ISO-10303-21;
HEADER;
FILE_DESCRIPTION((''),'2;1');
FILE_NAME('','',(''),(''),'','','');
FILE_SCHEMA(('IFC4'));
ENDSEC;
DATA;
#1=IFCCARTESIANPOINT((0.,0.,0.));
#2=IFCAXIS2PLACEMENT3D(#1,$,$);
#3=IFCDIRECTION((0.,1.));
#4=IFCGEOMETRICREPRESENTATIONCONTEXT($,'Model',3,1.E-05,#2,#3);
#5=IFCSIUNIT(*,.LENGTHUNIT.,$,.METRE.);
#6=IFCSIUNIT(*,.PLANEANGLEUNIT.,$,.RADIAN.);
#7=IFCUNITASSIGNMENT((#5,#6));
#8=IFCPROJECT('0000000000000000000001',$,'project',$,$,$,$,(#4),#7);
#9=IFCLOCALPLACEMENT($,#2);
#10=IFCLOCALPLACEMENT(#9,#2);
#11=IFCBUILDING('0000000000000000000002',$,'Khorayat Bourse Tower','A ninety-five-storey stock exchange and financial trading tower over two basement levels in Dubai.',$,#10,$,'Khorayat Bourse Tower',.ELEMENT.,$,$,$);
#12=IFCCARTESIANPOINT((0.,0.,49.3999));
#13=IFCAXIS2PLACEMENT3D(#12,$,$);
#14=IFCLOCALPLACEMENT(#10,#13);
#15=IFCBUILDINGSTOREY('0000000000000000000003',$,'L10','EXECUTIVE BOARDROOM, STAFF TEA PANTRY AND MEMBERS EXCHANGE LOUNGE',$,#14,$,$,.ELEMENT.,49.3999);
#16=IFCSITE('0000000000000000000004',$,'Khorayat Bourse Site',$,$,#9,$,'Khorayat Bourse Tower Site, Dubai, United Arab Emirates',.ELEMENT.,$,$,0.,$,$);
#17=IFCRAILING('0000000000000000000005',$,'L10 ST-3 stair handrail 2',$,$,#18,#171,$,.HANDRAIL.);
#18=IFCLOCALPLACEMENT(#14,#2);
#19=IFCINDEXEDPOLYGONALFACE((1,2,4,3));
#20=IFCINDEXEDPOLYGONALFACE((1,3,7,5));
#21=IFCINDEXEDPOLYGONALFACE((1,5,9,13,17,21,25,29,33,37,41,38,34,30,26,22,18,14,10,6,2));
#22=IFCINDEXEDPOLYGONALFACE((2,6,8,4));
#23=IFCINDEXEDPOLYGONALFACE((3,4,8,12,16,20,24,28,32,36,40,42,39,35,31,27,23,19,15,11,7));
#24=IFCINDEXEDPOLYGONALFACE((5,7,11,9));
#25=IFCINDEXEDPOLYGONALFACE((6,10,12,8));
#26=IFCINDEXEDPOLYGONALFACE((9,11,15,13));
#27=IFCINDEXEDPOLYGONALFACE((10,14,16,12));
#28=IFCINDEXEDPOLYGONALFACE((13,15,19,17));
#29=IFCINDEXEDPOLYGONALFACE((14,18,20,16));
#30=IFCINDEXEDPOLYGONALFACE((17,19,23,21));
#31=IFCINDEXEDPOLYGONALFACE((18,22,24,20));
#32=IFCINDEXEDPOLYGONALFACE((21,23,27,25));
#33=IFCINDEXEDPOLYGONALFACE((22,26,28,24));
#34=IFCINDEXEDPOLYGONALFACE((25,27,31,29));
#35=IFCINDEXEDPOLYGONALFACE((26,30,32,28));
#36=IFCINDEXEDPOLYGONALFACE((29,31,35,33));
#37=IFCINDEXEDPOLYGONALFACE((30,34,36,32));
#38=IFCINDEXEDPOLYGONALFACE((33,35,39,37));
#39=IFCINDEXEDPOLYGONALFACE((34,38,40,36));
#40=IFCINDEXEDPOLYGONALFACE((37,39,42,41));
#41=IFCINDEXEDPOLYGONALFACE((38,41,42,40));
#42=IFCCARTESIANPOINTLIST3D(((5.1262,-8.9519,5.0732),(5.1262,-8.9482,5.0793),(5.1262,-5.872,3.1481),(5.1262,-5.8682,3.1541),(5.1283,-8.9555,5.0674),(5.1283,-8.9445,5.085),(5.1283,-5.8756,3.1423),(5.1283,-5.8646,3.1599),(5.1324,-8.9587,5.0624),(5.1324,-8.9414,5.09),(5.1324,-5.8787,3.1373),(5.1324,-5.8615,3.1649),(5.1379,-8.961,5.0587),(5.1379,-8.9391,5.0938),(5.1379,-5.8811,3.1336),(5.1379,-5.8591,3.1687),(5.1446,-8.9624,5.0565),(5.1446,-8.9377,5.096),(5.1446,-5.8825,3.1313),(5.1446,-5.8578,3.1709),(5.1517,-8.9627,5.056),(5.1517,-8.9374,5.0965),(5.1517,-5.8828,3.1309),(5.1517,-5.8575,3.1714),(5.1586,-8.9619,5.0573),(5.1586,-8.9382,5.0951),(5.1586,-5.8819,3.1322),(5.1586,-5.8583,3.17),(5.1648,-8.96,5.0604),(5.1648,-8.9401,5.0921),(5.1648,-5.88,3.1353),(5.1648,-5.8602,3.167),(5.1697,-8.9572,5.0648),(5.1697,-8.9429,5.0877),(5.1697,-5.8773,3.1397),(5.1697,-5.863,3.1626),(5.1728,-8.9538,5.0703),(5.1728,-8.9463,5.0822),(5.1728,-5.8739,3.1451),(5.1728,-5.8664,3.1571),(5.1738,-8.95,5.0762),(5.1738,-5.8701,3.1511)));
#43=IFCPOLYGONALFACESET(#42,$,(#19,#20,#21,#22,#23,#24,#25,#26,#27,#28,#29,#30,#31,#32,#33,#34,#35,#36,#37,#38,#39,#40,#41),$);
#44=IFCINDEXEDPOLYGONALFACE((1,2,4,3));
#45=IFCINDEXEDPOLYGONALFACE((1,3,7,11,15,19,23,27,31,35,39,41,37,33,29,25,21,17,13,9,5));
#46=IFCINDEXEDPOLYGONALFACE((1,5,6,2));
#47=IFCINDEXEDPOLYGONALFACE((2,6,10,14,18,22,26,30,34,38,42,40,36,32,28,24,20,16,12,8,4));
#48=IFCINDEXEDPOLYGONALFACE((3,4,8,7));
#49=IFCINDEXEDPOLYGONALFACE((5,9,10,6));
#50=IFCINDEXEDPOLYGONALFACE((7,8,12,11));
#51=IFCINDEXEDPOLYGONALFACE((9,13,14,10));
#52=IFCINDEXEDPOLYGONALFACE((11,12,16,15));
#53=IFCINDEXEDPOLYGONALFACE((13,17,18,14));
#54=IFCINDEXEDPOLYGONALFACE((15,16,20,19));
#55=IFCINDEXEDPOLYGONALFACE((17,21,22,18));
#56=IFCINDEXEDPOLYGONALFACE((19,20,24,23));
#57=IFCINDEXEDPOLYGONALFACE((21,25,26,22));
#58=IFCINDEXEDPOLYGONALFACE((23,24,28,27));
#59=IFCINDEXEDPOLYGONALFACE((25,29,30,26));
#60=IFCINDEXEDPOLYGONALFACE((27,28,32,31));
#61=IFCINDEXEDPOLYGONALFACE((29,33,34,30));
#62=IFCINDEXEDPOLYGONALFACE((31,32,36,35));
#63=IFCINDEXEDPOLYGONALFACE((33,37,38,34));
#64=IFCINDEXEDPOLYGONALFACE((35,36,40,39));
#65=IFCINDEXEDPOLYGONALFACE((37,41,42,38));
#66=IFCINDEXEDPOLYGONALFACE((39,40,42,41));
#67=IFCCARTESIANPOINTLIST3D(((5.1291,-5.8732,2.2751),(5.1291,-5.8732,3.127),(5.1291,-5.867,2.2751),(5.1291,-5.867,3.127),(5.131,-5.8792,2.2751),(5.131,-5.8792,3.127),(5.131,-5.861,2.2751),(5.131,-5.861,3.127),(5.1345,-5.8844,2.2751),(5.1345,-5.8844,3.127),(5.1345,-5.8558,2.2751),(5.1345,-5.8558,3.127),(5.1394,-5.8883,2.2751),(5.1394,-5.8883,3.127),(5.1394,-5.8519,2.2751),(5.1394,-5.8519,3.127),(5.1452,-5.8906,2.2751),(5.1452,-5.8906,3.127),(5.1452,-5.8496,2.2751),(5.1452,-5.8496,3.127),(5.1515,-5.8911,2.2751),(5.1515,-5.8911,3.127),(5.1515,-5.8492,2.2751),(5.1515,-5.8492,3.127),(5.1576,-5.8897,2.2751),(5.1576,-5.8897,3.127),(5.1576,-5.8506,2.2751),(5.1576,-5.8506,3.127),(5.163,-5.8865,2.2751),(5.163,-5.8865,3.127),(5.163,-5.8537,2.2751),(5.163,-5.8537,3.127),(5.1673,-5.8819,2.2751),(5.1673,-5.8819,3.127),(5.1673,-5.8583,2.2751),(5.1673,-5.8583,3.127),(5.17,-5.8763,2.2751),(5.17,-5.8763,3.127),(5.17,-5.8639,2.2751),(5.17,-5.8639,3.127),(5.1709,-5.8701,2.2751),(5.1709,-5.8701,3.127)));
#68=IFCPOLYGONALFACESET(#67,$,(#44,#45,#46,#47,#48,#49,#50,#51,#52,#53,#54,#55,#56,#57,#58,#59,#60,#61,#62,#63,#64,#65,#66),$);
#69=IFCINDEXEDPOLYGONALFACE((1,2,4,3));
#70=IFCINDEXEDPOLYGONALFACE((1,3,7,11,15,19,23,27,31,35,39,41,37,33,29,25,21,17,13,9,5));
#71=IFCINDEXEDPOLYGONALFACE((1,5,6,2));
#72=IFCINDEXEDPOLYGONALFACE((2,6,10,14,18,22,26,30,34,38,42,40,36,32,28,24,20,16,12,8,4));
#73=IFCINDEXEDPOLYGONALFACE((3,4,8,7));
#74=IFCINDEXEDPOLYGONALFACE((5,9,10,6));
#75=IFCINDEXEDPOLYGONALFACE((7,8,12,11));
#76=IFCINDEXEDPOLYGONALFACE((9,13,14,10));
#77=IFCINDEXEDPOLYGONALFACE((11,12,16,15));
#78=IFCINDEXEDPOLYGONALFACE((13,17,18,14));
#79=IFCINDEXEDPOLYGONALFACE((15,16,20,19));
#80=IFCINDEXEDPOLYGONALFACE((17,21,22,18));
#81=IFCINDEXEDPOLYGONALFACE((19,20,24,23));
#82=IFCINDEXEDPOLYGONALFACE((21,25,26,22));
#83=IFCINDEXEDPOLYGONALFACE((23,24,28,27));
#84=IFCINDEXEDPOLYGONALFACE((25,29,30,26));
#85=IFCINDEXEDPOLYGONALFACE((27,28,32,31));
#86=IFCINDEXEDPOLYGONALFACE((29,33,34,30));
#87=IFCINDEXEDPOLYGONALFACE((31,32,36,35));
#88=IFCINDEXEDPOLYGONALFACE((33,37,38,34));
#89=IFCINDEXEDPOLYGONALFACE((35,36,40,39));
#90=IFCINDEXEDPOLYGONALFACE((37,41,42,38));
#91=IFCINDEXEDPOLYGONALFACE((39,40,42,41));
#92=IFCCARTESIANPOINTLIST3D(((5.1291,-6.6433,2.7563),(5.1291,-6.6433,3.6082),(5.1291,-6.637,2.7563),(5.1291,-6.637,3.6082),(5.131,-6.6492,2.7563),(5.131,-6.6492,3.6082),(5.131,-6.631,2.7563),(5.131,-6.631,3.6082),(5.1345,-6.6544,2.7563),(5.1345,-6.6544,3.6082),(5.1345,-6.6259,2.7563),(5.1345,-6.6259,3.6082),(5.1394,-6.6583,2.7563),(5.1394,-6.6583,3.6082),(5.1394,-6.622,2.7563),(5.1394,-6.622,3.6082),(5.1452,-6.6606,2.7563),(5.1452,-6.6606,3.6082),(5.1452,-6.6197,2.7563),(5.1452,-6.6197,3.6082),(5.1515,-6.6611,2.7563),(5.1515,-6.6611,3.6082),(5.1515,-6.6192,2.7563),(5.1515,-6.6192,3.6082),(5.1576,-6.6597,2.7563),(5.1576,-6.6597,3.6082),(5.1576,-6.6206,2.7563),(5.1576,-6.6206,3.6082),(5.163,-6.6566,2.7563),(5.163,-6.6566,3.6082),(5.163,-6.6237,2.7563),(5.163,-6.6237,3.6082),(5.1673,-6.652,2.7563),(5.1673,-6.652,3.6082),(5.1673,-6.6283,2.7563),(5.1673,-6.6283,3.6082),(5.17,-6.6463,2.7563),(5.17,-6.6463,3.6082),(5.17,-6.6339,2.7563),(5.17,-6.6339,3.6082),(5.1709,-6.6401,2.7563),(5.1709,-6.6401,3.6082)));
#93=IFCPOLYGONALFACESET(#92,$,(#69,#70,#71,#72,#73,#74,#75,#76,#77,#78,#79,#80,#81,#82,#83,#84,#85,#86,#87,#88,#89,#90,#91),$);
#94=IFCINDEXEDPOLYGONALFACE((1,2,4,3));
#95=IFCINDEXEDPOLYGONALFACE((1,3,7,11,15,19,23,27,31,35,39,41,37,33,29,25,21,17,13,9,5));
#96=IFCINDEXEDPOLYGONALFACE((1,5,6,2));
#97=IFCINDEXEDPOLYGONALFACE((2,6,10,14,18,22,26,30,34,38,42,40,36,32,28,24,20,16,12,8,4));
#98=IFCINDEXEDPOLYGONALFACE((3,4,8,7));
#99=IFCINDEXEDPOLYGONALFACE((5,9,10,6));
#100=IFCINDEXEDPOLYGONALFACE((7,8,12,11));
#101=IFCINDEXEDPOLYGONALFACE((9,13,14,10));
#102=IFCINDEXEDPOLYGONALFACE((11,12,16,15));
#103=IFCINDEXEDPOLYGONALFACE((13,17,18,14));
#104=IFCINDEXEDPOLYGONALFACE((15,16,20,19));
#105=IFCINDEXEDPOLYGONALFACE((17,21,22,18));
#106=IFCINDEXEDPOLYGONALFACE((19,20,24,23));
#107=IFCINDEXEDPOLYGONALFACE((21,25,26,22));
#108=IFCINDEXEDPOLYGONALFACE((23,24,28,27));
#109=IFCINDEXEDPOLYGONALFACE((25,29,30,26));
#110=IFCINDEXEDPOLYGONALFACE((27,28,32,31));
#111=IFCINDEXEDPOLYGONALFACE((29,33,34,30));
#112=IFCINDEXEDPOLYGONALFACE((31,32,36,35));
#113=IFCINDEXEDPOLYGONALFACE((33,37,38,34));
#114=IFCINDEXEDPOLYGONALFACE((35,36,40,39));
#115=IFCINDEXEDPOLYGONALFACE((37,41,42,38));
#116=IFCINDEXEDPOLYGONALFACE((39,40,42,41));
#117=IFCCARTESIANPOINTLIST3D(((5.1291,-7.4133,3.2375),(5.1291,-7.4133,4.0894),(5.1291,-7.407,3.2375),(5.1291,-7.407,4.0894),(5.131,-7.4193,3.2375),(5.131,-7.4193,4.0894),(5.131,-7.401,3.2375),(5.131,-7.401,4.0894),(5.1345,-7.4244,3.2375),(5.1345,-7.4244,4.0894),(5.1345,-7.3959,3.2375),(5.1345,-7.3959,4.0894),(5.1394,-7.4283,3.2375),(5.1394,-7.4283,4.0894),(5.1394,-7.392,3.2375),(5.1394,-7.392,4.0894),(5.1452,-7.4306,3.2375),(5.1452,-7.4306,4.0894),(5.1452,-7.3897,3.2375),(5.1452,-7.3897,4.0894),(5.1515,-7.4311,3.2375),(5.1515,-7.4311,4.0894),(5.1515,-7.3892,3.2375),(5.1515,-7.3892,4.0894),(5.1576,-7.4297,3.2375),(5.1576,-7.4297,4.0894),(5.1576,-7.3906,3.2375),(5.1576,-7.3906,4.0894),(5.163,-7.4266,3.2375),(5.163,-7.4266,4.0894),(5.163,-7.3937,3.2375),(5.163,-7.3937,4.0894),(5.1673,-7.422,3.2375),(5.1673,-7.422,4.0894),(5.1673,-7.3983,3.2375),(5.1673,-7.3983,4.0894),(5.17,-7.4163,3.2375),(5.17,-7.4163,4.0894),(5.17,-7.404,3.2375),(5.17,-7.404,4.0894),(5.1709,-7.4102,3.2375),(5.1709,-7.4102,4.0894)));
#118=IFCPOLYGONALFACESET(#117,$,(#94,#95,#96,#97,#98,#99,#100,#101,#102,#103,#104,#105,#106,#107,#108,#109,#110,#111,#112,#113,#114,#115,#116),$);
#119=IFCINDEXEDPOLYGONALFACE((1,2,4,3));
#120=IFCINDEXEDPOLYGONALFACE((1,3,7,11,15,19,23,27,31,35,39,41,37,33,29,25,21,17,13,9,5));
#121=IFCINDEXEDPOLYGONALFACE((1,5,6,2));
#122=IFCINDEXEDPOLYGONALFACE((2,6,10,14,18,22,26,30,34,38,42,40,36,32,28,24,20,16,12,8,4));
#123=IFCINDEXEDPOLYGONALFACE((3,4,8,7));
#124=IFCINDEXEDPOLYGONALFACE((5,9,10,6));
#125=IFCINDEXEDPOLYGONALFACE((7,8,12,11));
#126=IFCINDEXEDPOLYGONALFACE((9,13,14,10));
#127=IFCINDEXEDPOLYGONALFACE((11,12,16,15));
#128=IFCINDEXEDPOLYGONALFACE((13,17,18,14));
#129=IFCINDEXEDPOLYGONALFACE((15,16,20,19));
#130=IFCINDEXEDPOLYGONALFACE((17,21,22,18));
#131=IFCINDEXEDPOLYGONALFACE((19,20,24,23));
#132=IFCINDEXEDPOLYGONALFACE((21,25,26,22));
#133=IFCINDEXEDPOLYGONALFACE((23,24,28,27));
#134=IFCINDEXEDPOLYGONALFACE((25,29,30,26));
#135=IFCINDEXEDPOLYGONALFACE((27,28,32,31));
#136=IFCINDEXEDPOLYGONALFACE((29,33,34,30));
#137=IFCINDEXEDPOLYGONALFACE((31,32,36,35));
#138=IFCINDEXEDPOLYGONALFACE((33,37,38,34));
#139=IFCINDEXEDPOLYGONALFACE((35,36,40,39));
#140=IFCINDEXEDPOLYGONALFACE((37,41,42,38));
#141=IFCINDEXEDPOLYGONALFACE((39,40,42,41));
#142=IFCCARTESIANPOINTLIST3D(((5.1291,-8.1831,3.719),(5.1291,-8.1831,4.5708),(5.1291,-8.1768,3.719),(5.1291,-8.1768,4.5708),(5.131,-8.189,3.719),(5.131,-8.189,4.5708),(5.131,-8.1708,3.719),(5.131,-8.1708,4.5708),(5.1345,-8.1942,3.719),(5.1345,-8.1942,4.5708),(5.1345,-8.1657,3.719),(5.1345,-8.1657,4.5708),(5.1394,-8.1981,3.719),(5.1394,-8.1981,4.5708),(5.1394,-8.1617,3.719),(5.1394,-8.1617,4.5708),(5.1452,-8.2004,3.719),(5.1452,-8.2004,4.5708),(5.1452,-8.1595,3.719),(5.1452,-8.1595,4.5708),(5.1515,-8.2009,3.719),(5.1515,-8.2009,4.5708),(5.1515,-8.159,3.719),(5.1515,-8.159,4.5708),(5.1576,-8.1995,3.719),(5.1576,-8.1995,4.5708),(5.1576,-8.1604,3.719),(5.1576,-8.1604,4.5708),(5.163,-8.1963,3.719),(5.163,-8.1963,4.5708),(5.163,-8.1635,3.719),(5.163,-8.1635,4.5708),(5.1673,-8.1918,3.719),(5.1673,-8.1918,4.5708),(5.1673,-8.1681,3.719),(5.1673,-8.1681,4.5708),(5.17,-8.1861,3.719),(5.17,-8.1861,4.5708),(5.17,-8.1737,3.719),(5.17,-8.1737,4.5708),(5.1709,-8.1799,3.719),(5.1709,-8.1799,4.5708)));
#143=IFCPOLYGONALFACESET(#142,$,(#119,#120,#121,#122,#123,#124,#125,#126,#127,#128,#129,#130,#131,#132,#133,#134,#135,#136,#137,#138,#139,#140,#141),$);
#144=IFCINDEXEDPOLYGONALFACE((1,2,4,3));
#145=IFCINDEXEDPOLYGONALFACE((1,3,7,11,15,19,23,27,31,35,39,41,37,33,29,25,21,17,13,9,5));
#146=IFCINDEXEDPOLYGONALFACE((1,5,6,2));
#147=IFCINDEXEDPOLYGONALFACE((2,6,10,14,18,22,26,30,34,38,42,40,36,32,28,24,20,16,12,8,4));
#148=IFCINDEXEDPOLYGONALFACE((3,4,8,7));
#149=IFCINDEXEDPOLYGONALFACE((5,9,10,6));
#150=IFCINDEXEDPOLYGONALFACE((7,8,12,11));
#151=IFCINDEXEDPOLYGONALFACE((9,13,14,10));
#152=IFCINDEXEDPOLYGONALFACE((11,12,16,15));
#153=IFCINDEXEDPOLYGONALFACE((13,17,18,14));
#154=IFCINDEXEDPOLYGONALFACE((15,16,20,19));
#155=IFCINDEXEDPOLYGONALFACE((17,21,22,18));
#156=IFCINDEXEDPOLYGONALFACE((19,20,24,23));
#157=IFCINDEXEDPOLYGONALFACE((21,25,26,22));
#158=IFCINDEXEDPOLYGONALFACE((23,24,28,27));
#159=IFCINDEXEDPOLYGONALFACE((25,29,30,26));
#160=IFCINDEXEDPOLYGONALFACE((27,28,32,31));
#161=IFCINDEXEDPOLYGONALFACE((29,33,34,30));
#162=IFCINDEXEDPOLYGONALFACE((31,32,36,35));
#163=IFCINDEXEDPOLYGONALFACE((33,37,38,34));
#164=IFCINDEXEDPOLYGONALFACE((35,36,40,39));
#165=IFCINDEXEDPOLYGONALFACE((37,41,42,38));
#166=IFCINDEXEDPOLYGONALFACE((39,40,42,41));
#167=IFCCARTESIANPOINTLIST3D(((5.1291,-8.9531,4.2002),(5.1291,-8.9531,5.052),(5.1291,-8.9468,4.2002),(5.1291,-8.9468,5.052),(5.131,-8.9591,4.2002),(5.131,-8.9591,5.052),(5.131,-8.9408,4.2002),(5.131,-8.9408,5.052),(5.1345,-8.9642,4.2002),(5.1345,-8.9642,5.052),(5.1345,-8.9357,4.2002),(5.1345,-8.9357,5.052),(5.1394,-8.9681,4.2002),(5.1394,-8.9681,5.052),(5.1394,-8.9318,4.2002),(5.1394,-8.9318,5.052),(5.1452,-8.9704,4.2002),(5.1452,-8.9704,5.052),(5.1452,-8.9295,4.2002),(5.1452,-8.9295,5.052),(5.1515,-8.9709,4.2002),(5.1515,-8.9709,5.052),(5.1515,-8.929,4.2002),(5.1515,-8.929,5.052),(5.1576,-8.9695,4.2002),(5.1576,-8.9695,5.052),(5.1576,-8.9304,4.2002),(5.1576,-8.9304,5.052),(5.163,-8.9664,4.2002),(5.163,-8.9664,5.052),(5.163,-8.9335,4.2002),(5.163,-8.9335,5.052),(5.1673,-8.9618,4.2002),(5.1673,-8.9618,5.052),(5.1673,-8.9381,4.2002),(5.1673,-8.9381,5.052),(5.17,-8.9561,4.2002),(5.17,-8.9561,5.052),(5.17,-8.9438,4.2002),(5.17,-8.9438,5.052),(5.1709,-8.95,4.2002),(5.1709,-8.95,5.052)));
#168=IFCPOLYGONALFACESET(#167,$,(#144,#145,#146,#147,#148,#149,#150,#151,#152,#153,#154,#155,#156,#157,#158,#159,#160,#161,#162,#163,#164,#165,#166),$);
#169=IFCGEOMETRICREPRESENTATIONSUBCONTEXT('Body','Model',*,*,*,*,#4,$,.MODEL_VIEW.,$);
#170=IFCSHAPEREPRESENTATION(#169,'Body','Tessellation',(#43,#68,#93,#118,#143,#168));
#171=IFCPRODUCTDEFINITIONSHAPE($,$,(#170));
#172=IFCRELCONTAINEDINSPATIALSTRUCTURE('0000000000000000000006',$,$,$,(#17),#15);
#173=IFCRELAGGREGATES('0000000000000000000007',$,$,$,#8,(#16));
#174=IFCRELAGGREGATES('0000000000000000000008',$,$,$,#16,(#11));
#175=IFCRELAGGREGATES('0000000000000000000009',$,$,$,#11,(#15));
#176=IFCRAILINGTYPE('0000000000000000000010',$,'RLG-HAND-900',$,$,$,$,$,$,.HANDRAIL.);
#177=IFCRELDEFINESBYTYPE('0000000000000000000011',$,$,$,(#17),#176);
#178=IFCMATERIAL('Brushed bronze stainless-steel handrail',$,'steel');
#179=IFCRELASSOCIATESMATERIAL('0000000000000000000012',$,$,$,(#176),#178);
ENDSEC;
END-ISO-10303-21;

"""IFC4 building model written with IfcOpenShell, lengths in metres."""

from ifc_helpers import new_model, si_unit, direction, frame, origin, origin_2d, place, context, subcontext, project, spatial, circle, extrude, source, transform, mapped, material, type_object, element, save


model = new_model("IFC4")

# Units and contexts
model_context = context("Model", 3, precision=1e-05, world=origin(), true_north=direction((0.0, 1.0)))
body_context = subcontext(model_context, "Body", "Model", "MODEL_VIEW")
ifc_project = project(units=[si_unit("LENGTHUNIT", "METRE"), si_unit("PLANEANGLEUNIT", "RADIAN")], contexts=[model_context])

# Site, building, storey
site_placement = place(None, origin())
site = spatial("IfcSite", under=ifc_project, at=site_placement, Name="Khorayat Bourse Site", LongName="Khorayat Bourse Tower Site, Dubai, United Arab Emirates", CompositionType="ELEMENT", RefElevation=0.0)
building_placement = place(site_placement, origin())
building = spatial("IfcBuilding", under=site, at=building_placement, Name="Khorayat Bourse Tower", Description="A ninety-five-storey stock exchange and financial trading tower over two basement levels in Dubai.", LongName="Khorayat Bourse Tower", CompositionType="ELEMENT")
storey_placement = place(building_placement, frame((0.0, 0.0, 49.3999)))
storey = spatial("IfcBuildingStorey", under=building, at=storey_placement, Name="L10", Description="EXECUTIVE BOARDROOM, STAFF TEA PANTRY AND MEMBERS EXCHANGE LOUNGE", CompositionType="ELEMENT", Elevation=49.3999)

# Railing
ifc_material_1 = material(Name="Brushed bronze stainless-steel handrail", Category="steel")
railing_type_1 = type_object("IfcRailingType", Name="RLG-HAND-900", PredefinedType="HANDRAIL", material=ifc_material_1)
shared_shape_1 = source(origin(), body_context, "Body", "SweptSolid", [
    extrude(circle(Radius=0.0239, at=origin_2d()), frame((0.0, 0.0, 0.876), z_axis=(0.0, -0.847979, 0.530029), x_axis=(1.0, 0.0, 0.0)), (0.0, 0.0, 1.0), 3.6321),
    extrude(circle(Radius=0.021, at=origin_2d()), origin(), (0.0, 0.0, 1.0), 0.8518),
    extrude(circle(Radius=0.021, at=origin_2d()), frame((0.0, -0.77, 0.4812)), (0.0, 0.0, 1.0), 0.8518),
    extrude(circle(Radius=0.021, at=origin_2d()), frame((0.0, -1.54, 0.9624)), (0.0, 0.0, 1.0), 0.8518),
    extrude(circle(Radius=0.021, at=origin_2d()), frame((0.0, -2.3098, 1.4438)), (0.0, 0.0, 1.0), 0.8518),
    extrude(circle(Radius=0.021, at=origin_2d()), frame((0.0, -3.0798, 1.925)), (0.0, 0.0, 1.0), 0.8518),
])
railing_1_placement = place(storey_placement, frame((5.1499, -5.8701, 2.2751)))
element("IfcRailing", 1, at=railing_1_placement, inside=storey, type_object=railing_type_1, Name="L10 ST-3 stair handrail 2", PredefinedType="HANDRAIL", context=body_context, shape_type="MappedRepresentation", body=[
    mapped(shared_shape_1, transform((0.0, 0.0, 0.0), scale=1.0)),
])

save(model, "model.ifc")
